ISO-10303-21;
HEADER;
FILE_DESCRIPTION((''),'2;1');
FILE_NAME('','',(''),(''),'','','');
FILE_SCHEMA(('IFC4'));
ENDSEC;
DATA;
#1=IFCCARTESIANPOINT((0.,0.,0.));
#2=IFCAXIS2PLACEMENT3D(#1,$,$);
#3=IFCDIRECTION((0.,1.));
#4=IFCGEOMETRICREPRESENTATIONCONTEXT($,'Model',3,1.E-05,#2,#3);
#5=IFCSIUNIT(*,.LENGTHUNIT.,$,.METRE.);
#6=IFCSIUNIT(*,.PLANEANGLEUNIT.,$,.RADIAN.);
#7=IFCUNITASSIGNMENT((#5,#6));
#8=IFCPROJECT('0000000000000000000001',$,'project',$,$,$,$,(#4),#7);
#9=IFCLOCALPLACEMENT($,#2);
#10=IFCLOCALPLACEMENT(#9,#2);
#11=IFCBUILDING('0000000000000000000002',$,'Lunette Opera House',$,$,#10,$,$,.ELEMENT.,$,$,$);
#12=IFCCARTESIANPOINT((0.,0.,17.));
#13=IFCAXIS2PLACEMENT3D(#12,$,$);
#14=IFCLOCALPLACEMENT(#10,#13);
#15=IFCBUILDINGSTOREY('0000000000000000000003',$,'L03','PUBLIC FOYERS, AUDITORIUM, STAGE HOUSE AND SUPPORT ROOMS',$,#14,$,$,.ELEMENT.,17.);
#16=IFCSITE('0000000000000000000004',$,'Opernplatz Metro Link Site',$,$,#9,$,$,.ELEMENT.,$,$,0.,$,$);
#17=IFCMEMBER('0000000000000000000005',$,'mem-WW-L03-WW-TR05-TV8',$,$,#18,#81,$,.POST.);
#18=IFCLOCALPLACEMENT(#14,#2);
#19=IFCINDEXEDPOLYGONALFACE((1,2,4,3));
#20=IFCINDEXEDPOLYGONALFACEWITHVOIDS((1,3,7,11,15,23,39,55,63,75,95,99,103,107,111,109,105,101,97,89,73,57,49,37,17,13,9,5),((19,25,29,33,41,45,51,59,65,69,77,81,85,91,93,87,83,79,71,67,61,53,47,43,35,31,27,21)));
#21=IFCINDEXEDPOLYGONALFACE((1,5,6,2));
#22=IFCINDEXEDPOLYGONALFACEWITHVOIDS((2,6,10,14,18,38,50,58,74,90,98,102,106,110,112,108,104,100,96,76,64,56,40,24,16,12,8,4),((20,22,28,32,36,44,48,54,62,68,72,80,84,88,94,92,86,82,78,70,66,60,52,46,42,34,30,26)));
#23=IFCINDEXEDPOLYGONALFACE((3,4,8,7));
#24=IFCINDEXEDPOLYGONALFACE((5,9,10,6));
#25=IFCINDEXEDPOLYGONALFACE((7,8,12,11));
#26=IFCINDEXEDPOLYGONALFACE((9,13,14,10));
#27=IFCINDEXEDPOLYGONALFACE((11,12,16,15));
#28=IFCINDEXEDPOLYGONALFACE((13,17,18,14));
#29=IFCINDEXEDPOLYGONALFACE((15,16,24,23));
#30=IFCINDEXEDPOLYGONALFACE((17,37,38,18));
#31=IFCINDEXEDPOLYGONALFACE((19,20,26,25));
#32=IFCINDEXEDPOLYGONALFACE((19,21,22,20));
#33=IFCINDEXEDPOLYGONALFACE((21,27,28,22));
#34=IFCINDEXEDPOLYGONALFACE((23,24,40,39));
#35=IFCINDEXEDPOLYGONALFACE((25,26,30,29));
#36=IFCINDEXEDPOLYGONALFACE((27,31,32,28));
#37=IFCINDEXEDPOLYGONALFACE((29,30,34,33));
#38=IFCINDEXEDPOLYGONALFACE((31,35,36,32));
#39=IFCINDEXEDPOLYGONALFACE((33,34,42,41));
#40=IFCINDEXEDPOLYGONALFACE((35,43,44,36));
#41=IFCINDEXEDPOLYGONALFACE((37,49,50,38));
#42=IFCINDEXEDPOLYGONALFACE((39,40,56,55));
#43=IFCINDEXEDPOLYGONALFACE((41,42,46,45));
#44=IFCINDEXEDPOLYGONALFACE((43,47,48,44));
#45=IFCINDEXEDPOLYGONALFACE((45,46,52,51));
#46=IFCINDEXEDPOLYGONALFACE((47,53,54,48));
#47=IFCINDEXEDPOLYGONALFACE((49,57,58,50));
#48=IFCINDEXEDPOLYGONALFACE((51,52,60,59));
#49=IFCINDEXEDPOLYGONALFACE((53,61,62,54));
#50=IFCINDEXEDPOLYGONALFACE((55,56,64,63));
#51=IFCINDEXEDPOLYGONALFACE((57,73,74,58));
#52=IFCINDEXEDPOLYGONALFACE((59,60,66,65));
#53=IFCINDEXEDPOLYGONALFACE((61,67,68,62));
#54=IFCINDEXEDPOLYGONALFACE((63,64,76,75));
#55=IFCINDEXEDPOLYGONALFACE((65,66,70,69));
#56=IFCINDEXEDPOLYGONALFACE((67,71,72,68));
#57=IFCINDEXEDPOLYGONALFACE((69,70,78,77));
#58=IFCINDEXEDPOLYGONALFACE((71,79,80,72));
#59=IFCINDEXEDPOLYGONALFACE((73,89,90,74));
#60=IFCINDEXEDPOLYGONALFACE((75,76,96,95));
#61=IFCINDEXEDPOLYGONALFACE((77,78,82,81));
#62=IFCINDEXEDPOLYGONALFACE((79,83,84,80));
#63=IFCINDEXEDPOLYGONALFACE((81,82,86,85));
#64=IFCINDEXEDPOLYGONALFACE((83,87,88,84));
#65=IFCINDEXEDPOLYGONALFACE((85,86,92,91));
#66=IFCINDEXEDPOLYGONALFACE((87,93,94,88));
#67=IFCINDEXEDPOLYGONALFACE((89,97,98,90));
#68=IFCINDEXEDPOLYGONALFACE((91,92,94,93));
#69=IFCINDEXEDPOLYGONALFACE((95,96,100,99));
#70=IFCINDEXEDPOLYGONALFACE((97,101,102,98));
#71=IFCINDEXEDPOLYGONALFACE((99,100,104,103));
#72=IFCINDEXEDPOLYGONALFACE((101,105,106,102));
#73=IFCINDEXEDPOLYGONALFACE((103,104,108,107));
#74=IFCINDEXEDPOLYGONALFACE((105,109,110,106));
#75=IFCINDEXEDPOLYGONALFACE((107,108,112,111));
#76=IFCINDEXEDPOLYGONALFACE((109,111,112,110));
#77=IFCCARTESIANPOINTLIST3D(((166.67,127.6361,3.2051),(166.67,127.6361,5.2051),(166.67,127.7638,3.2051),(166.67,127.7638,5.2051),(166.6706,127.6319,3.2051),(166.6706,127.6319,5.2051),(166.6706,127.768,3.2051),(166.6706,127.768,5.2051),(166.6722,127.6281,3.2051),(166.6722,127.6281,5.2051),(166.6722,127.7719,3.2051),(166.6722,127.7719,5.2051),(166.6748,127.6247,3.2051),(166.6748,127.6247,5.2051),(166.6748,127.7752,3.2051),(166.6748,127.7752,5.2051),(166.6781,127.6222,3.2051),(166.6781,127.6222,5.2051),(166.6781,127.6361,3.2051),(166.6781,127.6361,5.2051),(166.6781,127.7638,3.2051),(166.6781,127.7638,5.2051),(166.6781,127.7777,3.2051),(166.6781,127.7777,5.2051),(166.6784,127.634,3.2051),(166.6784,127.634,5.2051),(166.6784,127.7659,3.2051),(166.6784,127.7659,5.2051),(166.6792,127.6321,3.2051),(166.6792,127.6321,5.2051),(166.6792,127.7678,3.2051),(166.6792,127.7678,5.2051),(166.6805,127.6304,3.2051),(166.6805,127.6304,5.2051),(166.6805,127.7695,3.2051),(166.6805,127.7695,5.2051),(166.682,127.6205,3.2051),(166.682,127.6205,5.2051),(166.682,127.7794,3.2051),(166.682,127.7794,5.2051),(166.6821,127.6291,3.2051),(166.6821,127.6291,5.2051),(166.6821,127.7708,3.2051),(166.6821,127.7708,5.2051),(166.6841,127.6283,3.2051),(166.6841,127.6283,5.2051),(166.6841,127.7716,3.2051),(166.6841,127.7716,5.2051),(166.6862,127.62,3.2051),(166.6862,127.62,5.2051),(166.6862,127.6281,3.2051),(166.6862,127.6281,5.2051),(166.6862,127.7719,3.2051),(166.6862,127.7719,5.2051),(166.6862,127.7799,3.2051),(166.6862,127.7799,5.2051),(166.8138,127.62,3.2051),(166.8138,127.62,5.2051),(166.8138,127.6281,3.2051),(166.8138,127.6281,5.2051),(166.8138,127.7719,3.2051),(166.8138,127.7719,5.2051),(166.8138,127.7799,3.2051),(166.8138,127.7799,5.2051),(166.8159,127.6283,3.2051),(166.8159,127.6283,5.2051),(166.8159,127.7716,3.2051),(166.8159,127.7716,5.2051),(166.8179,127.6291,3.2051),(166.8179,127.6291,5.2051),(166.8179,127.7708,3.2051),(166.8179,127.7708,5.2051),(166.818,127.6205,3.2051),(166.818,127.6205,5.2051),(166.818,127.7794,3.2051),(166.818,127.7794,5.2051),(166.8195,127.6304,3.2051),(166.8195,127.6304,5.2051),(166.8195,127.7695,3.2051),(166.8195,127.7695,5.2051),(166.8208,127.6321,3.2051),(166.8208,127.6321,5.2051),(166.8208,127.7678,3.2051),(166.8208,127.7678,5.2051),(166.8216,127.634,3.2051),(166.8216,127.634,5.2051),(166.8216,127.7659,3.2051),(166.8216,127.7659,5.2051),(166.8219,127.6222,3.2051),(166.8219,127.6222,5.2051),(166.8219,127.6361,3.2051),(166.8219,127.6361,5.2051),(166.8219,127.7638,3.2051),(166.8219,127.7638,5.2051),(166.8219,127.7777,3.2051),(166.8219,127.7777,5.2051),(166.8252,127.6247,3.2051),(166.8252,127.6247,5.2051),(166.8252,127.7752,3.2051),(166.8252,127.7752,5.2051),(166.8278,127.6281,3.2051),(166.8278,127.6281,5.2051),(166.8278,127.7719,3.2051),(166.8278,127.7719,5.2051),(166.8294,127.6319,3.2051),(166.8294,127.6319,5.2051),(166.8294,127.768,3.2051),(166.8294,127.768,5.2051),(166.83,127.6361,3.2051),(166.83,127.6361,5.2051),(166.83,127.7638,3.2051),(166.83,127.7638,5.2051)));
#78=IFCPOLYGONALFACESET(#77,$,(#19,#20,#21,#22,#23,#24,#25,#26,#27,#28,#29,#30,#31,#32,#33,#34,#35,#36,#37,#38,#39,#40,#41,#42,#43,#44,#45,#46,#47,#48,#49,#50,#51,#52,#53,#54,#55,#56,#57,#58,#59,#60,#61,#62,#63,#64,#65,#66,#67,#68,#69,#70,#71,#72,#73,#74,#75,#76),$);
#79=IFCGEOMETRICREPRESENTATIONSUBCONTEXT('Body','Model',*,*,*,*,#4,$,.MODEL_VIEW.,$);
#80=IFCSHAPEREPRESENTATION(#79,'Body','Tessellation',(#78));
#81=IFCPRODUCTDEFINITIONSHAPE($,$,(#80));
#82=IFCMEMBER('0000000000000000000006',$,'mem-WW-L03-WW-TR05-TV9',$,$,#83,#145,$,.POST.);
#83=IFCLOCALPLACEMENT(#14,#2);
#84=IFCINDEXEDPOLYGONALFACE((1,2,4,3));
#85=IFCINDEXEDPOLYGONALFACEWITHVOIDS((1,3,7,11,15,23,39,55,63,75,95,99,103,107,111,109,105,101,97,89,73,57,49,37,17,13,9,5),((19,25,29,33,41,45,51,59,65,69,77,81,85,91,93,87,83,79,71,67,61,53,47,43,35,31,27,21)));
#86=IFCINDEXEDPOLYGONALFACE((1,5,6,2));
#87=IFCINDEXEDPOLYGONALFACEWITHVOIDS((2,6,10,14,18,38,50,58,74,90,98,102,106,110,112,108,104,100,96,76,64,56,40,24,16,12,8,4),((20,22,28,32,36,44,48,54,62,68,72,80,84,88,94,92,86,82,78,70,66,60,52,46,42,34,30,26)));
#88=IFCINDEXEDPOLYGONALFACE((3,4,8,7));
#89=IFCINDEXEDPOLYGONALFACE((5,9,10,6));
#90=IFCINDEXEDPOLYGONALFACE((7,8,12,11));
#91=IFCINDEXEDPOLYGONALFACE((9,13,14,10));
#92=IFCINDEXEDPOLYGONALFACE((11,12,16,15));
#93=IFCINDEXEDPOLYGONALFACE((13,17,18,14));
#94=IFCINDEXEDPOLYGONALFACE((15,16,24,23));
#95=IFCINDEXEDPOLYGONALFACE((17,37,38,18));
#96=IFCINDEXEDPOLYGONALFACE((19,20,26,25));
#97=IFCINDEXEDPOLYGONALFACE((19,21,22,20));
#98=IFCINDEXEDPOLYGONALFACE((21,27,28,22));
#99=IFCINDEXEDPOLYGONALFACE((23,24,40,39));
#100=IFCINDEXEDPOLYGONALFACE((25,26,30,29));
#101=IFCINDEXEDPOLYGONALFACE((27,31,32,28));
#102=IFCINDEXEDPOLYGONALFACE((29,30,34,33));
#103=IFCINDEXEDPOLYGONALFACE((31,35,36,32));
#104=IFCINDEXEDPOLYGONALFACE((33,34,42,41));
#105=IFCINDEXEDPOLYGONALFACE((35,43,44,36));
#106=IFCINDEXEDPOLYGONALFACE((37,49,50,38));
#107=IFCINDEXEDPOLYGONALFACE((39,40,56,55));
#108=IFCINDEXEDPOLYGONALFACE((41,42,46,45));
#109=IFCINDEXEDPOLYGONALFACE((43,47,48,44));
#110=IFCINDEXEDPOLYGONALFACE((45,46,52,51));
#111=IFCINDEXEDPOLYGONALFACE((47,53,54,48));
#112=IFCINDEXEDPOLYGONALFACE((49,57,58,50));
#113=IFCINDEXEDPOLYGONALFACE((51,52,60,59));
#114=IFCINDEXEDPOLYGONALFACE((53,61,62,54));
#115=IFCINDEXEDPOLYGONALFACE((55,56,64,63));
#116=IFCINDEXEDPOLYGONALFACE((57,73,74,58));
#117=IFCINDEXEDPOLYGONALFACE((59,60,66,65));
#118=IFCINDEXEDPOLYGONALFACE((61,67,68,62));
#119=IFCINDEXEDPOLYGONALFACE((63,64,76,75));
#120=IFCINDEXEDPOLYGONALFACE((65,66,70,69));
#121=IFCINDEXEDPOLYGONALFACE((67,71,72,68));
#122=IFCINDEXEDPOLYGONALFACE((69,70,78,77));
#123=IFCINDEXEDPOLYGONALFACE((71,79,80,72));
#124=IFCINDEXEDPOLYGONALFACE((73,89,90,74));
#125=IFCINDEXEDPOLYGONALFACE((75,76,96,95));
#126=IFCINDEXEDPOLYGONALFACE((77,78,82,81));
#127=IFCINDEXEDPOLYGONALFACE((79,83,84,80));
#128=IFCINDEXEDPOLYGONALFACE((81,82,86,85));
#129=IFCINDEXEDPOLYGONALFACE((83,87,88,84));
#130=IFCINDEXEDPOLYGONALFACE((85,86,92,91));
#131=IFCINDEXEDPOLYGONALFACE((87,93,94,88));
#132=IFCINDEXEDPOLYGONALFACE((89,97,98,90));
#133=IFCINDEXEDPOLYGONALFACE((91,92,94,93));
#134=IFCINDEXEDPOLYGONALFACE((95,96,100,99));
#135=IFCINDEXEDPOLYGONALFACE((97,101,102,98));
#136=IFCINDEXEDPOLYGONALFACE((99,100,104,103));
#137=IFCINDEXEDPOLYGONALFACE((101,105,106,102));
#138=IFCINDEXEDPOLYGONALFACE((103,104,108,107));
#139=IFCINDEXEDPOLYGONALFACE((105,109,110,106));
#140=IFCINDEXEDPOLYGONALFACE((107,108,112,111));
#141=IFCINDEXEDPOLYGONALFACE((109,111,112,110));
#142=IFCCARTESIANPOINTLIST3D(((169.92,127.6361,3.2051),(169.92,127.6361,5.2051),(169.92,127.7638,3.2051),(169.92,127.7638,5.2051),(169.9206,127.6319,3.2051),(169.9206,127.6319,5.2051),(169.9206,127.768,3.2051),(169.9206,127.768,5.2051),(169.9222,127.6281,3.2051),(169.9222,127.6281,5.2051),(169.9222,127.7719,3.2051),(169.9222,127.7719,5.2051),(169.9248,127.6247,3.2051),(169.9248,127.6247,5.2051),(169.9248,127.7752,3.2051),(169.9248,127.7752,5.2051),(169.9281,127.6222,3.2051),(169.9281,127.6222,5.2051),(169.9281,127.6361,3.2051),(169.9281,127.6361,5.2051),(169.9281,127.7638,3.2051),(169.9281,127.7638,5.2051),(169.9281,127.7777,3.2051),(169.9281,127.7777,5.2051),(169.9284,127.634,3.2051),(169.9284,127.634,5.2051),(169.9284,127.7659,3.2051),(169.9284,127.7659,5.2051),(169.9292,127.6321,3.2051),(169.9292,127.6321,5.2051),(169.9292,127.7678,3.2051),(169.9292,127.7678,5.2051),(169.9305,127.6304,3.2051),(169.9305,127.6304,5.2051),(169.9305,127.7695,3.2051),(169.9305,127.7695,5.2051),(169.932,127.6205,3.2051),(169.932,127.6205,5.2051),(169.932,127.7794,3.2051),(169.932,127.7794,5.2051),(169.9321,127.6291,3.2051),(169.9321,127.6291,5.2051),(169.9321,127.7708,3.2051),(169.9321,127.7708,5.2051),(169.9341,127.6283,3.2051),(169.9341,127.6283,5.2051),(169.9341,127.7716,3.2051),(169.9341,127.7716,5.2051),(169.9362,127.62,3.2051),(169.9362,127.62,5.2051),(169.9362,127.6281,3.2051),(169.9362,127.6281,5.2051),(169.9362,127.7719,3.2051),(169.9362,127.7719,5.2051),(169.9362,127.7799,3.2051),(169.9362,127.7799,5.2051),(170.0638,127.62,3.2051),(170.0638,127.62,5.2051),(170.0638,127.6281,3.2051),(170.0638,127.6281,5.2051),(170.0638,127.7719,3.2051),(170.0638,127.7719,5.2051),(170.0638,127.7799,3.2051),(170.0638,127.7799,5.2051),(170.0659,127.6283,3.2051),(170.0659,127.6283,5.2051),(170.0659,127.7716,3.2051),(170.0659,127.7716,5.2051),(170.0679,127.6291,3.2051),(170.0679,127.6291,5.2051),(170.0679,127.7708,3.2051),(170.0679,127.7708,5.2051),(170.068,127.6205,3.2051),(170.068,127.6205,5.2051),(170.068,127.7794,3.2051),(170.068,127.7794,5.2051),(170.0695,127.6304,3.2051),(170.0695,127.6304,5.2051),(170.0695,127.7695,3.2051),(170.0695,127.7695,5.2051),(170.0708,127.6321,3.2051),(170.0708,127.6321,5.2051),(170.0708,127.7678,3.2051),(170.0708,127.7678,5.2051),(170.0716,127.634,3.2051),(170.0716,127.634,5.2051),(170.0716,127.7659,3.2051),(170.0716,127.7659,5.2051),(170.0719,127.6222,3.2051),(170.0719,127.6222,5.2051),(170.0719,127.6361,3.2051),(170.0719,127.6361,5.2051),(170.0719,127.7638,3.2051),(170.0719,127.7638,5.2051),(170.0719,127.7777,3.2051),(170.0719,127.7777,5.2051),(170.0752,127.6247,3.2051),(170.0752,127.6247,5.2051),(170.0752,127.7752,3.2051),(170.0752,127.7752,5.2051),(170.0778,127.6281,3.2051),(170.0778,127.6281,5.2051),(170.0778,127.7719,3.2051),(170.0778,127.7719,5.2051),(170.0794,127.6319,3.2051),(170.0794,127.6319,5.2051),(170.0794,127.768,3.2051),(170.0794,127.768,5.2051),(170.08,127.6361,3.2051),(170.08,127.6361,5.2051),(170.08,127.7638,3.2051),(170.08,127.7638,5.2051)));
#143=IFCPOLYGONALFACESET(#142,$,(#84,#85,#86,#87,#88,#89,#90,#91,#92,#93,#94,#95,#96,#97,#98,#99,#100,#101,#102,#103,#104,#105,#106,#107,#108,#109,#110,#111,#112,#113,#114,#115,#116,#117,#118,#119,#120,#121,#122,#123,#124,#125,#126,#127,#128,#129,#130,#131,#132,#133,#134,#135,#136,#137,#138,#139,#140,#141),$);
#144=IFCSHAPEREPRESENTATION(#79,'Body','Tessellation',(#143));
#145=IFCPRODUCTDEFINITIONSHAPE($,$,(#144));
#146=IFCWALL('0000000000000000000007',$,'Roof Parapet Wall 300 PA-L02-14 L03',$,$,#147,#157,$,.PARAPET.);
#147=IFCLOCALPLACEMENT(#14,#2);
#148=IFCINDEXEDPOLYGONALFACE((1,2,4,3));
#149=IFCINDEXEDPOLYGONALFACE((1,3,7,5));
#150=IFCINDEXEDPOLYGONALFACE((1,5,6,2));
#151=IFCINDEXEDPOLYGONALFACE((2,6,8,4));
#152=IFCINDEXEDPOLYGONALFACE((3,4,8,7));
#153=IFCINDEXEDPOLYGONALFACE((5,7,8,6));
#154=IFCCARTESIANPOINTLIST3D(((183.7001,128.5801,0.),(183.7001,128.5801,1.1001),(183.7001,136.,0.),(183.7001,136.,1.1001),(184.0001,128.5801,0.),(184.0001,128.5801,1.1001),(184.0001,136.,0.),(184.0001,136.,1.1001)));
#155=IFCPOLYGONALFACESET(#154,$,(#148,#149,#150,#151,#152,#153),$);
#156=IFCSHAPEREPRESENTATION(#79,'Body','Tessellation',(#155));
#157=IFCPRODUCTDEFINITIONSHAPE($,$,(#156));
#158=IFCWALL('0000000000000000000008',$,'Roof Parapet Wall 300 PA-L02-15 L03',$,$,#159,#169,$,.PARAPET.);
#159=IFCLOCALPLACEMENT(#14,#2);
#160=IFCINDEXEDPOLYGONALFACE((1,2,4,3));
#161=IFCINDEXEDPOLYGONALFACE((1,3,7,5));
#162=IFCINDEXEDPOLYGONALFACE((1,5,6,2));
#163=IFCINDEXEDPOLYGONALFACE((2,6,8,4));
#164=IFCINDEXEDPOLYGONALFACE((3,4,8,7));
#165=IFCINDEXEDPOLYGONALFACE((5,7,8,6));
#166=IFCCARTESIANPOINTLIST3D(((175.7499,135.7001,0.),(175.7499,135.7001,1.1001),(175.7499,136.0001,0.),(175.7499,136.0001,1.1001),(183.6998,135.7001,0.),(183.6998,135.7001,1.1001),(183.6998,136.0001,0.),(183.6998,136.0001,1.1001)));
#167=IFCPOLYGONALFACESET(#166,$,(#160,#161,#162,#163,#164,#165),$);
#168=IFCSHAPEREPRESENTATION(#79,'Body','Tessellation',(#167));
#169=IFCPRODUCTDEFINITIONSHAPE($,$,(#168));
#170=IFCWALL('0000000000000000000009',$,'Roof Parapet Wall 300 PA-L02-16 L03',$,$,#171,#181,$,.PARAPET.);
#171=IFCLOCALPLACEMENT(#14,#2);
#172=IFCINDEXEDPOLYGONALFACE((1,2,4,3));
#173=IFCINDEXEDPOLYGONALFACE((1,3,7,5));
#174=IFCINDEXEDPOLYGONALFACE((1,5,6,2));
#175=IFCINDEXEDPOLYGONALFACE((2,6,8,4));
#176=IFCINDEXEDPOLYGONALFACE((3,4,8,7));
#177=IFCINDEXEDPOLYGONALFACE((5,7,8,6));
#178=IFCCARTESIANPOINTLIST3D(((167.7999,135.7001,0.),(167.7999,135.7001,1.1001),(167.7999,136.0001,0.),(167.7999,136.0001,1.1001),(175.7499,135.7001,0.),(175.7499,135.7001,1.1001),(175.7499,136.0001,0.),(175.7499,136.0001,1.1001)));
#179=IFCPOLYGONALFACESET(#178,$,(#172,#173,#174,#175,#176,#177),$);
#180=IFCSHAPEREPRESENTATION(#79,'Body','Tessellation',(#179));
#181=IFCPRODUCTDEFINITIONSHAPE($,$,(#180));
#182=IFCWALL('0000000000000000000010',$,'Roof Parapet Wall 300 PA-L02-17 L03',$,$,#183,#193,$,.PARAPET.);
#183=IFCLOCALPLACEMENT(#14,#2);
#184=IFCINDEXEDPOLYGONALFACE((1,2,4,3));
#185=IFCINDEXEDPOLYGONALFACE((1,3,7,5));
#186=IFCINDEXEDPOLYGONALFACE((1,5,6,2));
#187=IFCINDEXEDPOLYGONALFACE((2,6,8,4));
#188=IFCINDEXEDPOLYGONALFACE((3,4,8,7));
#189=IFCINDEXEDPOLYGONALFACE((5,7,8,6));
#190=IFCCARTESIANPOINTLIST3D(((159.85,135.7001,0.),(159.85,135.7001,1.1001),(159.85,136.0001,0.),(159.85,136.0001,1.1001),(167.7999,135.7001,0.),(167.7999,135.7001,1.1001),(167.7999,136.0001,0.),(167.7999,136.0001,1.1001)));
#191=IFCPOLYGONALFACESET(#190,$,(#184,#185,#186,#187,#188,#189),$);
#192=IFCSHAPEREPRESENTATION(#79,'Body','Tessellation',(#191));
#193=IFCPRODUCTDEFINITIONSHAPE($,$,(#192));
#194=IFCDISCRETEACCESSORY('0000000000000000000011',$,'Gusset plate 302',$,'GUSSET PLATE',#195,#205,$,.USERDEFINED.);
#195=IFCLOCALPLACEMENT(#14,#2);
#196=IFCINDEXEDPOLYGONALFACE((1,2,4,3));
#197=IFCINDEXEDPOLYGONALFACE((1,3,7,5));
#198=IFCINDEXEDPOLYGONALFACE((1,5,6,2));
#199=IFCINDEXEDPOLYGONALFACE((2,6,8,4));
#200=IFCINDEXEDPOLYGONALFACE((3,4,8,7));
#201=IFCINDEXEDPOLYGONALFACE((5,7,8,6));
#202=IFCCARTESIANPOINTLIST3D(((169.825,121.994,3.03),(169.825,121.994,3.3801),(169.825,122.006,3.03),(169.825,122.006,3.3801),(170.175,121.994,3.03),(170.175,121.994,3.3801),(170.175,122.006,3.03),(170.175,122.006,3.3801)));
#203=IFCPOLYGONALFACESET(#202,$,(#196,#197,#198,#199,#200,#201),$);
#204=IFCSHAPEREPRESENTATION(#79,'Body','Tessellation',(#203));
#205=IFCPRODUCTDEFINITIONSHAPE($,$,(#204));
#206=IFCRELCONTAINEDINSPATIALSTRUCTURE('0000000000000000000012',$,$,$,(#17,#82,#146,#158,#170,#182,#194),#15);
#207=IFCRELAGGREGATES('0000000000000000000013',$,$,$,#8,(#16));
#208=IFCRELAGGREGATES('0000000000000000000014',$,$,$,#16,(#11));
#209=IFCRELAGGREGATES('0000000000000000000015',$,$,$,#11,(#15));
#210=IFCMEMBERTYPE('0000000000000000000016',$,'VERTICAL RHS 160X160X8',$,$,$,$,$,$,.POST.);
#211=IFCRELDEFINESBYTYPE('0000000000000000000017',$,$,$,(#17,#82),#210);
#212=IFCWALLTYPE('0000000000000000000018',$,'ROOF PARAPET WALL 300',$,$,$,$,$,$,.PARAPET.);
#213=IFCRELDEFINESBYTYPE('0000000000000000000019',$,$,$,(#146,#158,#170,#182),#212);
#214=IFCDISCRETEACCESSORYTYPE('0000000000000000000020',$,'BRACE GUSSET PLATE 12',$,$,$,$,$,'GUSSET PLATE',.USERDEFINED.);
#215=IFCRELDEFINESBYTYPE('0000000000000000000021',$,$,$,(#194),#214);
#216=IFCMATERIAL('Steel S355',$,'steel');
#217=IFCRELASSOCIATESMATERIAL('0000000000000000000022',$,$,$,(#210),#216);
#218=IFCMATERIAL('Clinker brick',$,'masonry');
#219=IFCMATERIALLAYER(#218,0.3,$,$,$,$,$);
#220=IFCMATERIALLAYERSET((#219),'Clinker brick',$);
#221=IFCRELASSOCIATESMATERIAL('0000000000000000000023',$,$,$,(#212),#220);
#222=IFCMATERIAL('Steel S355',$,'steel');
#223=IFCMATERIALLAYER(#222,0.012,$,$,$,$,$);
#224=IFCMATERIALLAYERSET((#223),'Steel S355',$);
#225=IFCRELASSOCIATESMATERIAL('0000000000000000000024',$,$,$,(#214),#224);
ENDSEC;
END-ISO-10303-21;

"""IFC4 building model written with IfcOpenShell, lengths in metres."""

from ifc_helpers import new_model, si_unit, direction, frame, frame_2d, origin, origin_2d, place, context, subcontext, project, spatial, rectangle, hollow_rectangle, extrude, material, layer, layer_set, material_profile, profile_set, type_object, element, save


model = new_model("IFC4")

# Units and contexts
model_context = context("Model", 3, precision=1e-05, world=origin(), true_north=direction((0.0, 1.0)))
body_context = subcontext(model_context, "Body", "Model", "MODEL_VIEW")
ifc_project = project(units=[si_unit("LENGTHUNIT", "METRE"), si_unit("PLANEANGLEUNIT", "RADIAN")], contexts=[model_context])

# Site, building, storey
site_placement = place(None, origin())
site = spatial("IfcSite", under=ifc_project, at=site_placement, Name="Opernplatz Metro Link Site", CompositionType="ELEMENT", RefElevation=0.0)
building_placement = place(site_placement, origin())
building = spatial("IfcBuilding", under=site, at=building_placement, Name="Lunette Opera House", CompositionType="ELEMENT")
storey_placement = place(building_placement, frame((0.0, 0.0, 17.0)))
storey = spatial("IfcBuildingStorey", under=building, at=storey_placement, Name="L03", Description="PUBLIC FOYERS, AUDITORIUM, STAGE HOUSE AND SUPPORT ROOMS", CompositionType="ELEMENT", Elevation=17.0)

# Members
ifc_material_1 = material(Name="Steel S355", Category="steel")
ifc_material_profile_1 = material_profile(ifc_material_1, hollow_rectangle(XDim=0.1599, YDim=0.1599, WallThickness=0.0081, InnerFilletRadius=0.0081, OuterFilletRadius=0.0161, at=origin_2d()), Name="RHS 160X160X8")
ifc_profile_set_1 = profile_set([ifc_material_profile_1], Name="Steel S355")
member_type_1 = type_object("IfcMemberType", Name="VERTICAL RHS 160X160X8", PredefinedType="POST", material=ifc_profile_set_1)
for number, where, z_axis, x_axis, name in (
    (1, (166.75, 127.7, 3.2051), (0.0, 0.0, 1.0), (1.0, 0.0, 0.0), "mem-WW-L03-WW-TR05-TV8"),
    (2, (170.0, 127.7, 3.2051), (0.0, 0.0, 1.0), (1.0, 0.0, 0.0), "mem-WW-L03-WW-TR05-TV9"),
):
    element("IfcMember", number, at=place(storey_placement, frame(where, z_axis=z_axis, x_axis=x_axis)), inside=storey, type_object=member_type_1, Name=name, PredefinedType="POST", context=body_context, shape_type="SweptSolid", body=[
        extrude(hollow_rectangle(XDim=0.1599, YDim=0.1599, WallThickness=0.0081, InnerFilletRadius=0.0081, OuterFilletRadius=0.0161, at=origin_2d()), origin(), (0.0, 0.0, 1.0), 2.0),
    ])

# Walls
ifc_material_2 = material(Name="Clinker brick", Category="masonry")
ifc_layer_1 = layer(ifc_material_2, 0.3)
ifc_layer_set_1 = layer_set([ifc_layer_1], Name="Clinker brick")
wall_type = type_object("IfcWallType", Name="ROOF PARAPET WALL 300", PredefinedType="PARAPET", material=ifc_layer_set_1)
wall_placement = place(storey_placement, frame((183.8501, 128.5801, 0.0), z_axis=(0.0, 0.0, 1.0), x_axis=(0.0, 1.0, 0.0)))
element("IfcWall", 3, at=wall_placement, inside=storey, type_object=wall_type, Name="Roof Parapet Wall 300 PA-L02-14 L03", PredefinedType="PARAPET", context=body_context, shape_type="SweptSolid", body=[
    extrude(rectangle(XDim=7.4199, YDim=0.3, at=frame_2d((3.71, 0.0))), origin(), (0.0, 0.0, 1.0), 1.1001),
])
for number, where, z_axis, x_axis, name in (
    (4, (183.7, 135.8501, 0.0), (0.0, 0.0, 1.0), (-1.0, 0.0, 0.0), "Roof Parapet Wall 300 PA-L02-15 L03"),
    (5, (175.75, 135.8501, 0.0), (0.0, 0.0, 1.0), (-1.0, 0.0, 0.0), "Roof Parapet Wall 300 PA-L02-16 L03"),
    (6, (167.8, 135.8501, 0.0), (0.0, 0.0, 1.0), (-1.0, 0.0, 0.0), "Roof Parapet Wall 300 PA-L02-17 L03"),
):
    element("IfcWall", number, at=place(storey_placement, frame(where, z_axis=z_axis, x_axis=x_axis)), inside=storey, type_object=wall_type, Name=name, PredefinedType="PARAPET", context=body_context, shape_type="SweptSolid", body=[
        extrude(rectangle(XDim=7.95, YDim=0.3, at=frame_2d((3.9751, 0.0))), origin(), (0.0, 0.0, 1.0), 1.1001),
    ])

# Discrete accessory
ifc_material_3 = material(Name="Steel S355", Category="steel")
ifc_layer_2 = layer(ifc_material_3, 0.012)
ifc_layer_set_2 = layer_set([ifc_layer_2], Name="Steel S355")
discrete_accessory_type = type_object("IfcDiscreteAccessoryType", Name="BRACE GUSSET PLATE 12", ElementType="GUSSET PLATE", PredefinedType="USERDEFINED", material=ifc_layer_set_2)
for number, where, z_axis, x_axis, name in (
    (7, (170.0, 122.0, 3.03), (0.0, 0.0, 1.0), (1.0, 0.0, 0.0), "Gusset plate 302"),
):
    element("IfcDiscreteAccessory", number, at=place(storey_placement, frame(where, z_axis=z_axis, x_axis=x_axis)), inside=storey, type_object=discrete_accessory_type, Name=name, ObjectType="GUSSET PLATE", PredefinedType="USERDEFINED", context=body_context, shape_type="SweptSolid", body=[
        extrude(rectangle(XDim=0.3501, YDim=0.012, at=origin_2d()), origin(), (0.0, 0.0, 1.0), 0.3501),
    ])

save(model, "model.ifc")
